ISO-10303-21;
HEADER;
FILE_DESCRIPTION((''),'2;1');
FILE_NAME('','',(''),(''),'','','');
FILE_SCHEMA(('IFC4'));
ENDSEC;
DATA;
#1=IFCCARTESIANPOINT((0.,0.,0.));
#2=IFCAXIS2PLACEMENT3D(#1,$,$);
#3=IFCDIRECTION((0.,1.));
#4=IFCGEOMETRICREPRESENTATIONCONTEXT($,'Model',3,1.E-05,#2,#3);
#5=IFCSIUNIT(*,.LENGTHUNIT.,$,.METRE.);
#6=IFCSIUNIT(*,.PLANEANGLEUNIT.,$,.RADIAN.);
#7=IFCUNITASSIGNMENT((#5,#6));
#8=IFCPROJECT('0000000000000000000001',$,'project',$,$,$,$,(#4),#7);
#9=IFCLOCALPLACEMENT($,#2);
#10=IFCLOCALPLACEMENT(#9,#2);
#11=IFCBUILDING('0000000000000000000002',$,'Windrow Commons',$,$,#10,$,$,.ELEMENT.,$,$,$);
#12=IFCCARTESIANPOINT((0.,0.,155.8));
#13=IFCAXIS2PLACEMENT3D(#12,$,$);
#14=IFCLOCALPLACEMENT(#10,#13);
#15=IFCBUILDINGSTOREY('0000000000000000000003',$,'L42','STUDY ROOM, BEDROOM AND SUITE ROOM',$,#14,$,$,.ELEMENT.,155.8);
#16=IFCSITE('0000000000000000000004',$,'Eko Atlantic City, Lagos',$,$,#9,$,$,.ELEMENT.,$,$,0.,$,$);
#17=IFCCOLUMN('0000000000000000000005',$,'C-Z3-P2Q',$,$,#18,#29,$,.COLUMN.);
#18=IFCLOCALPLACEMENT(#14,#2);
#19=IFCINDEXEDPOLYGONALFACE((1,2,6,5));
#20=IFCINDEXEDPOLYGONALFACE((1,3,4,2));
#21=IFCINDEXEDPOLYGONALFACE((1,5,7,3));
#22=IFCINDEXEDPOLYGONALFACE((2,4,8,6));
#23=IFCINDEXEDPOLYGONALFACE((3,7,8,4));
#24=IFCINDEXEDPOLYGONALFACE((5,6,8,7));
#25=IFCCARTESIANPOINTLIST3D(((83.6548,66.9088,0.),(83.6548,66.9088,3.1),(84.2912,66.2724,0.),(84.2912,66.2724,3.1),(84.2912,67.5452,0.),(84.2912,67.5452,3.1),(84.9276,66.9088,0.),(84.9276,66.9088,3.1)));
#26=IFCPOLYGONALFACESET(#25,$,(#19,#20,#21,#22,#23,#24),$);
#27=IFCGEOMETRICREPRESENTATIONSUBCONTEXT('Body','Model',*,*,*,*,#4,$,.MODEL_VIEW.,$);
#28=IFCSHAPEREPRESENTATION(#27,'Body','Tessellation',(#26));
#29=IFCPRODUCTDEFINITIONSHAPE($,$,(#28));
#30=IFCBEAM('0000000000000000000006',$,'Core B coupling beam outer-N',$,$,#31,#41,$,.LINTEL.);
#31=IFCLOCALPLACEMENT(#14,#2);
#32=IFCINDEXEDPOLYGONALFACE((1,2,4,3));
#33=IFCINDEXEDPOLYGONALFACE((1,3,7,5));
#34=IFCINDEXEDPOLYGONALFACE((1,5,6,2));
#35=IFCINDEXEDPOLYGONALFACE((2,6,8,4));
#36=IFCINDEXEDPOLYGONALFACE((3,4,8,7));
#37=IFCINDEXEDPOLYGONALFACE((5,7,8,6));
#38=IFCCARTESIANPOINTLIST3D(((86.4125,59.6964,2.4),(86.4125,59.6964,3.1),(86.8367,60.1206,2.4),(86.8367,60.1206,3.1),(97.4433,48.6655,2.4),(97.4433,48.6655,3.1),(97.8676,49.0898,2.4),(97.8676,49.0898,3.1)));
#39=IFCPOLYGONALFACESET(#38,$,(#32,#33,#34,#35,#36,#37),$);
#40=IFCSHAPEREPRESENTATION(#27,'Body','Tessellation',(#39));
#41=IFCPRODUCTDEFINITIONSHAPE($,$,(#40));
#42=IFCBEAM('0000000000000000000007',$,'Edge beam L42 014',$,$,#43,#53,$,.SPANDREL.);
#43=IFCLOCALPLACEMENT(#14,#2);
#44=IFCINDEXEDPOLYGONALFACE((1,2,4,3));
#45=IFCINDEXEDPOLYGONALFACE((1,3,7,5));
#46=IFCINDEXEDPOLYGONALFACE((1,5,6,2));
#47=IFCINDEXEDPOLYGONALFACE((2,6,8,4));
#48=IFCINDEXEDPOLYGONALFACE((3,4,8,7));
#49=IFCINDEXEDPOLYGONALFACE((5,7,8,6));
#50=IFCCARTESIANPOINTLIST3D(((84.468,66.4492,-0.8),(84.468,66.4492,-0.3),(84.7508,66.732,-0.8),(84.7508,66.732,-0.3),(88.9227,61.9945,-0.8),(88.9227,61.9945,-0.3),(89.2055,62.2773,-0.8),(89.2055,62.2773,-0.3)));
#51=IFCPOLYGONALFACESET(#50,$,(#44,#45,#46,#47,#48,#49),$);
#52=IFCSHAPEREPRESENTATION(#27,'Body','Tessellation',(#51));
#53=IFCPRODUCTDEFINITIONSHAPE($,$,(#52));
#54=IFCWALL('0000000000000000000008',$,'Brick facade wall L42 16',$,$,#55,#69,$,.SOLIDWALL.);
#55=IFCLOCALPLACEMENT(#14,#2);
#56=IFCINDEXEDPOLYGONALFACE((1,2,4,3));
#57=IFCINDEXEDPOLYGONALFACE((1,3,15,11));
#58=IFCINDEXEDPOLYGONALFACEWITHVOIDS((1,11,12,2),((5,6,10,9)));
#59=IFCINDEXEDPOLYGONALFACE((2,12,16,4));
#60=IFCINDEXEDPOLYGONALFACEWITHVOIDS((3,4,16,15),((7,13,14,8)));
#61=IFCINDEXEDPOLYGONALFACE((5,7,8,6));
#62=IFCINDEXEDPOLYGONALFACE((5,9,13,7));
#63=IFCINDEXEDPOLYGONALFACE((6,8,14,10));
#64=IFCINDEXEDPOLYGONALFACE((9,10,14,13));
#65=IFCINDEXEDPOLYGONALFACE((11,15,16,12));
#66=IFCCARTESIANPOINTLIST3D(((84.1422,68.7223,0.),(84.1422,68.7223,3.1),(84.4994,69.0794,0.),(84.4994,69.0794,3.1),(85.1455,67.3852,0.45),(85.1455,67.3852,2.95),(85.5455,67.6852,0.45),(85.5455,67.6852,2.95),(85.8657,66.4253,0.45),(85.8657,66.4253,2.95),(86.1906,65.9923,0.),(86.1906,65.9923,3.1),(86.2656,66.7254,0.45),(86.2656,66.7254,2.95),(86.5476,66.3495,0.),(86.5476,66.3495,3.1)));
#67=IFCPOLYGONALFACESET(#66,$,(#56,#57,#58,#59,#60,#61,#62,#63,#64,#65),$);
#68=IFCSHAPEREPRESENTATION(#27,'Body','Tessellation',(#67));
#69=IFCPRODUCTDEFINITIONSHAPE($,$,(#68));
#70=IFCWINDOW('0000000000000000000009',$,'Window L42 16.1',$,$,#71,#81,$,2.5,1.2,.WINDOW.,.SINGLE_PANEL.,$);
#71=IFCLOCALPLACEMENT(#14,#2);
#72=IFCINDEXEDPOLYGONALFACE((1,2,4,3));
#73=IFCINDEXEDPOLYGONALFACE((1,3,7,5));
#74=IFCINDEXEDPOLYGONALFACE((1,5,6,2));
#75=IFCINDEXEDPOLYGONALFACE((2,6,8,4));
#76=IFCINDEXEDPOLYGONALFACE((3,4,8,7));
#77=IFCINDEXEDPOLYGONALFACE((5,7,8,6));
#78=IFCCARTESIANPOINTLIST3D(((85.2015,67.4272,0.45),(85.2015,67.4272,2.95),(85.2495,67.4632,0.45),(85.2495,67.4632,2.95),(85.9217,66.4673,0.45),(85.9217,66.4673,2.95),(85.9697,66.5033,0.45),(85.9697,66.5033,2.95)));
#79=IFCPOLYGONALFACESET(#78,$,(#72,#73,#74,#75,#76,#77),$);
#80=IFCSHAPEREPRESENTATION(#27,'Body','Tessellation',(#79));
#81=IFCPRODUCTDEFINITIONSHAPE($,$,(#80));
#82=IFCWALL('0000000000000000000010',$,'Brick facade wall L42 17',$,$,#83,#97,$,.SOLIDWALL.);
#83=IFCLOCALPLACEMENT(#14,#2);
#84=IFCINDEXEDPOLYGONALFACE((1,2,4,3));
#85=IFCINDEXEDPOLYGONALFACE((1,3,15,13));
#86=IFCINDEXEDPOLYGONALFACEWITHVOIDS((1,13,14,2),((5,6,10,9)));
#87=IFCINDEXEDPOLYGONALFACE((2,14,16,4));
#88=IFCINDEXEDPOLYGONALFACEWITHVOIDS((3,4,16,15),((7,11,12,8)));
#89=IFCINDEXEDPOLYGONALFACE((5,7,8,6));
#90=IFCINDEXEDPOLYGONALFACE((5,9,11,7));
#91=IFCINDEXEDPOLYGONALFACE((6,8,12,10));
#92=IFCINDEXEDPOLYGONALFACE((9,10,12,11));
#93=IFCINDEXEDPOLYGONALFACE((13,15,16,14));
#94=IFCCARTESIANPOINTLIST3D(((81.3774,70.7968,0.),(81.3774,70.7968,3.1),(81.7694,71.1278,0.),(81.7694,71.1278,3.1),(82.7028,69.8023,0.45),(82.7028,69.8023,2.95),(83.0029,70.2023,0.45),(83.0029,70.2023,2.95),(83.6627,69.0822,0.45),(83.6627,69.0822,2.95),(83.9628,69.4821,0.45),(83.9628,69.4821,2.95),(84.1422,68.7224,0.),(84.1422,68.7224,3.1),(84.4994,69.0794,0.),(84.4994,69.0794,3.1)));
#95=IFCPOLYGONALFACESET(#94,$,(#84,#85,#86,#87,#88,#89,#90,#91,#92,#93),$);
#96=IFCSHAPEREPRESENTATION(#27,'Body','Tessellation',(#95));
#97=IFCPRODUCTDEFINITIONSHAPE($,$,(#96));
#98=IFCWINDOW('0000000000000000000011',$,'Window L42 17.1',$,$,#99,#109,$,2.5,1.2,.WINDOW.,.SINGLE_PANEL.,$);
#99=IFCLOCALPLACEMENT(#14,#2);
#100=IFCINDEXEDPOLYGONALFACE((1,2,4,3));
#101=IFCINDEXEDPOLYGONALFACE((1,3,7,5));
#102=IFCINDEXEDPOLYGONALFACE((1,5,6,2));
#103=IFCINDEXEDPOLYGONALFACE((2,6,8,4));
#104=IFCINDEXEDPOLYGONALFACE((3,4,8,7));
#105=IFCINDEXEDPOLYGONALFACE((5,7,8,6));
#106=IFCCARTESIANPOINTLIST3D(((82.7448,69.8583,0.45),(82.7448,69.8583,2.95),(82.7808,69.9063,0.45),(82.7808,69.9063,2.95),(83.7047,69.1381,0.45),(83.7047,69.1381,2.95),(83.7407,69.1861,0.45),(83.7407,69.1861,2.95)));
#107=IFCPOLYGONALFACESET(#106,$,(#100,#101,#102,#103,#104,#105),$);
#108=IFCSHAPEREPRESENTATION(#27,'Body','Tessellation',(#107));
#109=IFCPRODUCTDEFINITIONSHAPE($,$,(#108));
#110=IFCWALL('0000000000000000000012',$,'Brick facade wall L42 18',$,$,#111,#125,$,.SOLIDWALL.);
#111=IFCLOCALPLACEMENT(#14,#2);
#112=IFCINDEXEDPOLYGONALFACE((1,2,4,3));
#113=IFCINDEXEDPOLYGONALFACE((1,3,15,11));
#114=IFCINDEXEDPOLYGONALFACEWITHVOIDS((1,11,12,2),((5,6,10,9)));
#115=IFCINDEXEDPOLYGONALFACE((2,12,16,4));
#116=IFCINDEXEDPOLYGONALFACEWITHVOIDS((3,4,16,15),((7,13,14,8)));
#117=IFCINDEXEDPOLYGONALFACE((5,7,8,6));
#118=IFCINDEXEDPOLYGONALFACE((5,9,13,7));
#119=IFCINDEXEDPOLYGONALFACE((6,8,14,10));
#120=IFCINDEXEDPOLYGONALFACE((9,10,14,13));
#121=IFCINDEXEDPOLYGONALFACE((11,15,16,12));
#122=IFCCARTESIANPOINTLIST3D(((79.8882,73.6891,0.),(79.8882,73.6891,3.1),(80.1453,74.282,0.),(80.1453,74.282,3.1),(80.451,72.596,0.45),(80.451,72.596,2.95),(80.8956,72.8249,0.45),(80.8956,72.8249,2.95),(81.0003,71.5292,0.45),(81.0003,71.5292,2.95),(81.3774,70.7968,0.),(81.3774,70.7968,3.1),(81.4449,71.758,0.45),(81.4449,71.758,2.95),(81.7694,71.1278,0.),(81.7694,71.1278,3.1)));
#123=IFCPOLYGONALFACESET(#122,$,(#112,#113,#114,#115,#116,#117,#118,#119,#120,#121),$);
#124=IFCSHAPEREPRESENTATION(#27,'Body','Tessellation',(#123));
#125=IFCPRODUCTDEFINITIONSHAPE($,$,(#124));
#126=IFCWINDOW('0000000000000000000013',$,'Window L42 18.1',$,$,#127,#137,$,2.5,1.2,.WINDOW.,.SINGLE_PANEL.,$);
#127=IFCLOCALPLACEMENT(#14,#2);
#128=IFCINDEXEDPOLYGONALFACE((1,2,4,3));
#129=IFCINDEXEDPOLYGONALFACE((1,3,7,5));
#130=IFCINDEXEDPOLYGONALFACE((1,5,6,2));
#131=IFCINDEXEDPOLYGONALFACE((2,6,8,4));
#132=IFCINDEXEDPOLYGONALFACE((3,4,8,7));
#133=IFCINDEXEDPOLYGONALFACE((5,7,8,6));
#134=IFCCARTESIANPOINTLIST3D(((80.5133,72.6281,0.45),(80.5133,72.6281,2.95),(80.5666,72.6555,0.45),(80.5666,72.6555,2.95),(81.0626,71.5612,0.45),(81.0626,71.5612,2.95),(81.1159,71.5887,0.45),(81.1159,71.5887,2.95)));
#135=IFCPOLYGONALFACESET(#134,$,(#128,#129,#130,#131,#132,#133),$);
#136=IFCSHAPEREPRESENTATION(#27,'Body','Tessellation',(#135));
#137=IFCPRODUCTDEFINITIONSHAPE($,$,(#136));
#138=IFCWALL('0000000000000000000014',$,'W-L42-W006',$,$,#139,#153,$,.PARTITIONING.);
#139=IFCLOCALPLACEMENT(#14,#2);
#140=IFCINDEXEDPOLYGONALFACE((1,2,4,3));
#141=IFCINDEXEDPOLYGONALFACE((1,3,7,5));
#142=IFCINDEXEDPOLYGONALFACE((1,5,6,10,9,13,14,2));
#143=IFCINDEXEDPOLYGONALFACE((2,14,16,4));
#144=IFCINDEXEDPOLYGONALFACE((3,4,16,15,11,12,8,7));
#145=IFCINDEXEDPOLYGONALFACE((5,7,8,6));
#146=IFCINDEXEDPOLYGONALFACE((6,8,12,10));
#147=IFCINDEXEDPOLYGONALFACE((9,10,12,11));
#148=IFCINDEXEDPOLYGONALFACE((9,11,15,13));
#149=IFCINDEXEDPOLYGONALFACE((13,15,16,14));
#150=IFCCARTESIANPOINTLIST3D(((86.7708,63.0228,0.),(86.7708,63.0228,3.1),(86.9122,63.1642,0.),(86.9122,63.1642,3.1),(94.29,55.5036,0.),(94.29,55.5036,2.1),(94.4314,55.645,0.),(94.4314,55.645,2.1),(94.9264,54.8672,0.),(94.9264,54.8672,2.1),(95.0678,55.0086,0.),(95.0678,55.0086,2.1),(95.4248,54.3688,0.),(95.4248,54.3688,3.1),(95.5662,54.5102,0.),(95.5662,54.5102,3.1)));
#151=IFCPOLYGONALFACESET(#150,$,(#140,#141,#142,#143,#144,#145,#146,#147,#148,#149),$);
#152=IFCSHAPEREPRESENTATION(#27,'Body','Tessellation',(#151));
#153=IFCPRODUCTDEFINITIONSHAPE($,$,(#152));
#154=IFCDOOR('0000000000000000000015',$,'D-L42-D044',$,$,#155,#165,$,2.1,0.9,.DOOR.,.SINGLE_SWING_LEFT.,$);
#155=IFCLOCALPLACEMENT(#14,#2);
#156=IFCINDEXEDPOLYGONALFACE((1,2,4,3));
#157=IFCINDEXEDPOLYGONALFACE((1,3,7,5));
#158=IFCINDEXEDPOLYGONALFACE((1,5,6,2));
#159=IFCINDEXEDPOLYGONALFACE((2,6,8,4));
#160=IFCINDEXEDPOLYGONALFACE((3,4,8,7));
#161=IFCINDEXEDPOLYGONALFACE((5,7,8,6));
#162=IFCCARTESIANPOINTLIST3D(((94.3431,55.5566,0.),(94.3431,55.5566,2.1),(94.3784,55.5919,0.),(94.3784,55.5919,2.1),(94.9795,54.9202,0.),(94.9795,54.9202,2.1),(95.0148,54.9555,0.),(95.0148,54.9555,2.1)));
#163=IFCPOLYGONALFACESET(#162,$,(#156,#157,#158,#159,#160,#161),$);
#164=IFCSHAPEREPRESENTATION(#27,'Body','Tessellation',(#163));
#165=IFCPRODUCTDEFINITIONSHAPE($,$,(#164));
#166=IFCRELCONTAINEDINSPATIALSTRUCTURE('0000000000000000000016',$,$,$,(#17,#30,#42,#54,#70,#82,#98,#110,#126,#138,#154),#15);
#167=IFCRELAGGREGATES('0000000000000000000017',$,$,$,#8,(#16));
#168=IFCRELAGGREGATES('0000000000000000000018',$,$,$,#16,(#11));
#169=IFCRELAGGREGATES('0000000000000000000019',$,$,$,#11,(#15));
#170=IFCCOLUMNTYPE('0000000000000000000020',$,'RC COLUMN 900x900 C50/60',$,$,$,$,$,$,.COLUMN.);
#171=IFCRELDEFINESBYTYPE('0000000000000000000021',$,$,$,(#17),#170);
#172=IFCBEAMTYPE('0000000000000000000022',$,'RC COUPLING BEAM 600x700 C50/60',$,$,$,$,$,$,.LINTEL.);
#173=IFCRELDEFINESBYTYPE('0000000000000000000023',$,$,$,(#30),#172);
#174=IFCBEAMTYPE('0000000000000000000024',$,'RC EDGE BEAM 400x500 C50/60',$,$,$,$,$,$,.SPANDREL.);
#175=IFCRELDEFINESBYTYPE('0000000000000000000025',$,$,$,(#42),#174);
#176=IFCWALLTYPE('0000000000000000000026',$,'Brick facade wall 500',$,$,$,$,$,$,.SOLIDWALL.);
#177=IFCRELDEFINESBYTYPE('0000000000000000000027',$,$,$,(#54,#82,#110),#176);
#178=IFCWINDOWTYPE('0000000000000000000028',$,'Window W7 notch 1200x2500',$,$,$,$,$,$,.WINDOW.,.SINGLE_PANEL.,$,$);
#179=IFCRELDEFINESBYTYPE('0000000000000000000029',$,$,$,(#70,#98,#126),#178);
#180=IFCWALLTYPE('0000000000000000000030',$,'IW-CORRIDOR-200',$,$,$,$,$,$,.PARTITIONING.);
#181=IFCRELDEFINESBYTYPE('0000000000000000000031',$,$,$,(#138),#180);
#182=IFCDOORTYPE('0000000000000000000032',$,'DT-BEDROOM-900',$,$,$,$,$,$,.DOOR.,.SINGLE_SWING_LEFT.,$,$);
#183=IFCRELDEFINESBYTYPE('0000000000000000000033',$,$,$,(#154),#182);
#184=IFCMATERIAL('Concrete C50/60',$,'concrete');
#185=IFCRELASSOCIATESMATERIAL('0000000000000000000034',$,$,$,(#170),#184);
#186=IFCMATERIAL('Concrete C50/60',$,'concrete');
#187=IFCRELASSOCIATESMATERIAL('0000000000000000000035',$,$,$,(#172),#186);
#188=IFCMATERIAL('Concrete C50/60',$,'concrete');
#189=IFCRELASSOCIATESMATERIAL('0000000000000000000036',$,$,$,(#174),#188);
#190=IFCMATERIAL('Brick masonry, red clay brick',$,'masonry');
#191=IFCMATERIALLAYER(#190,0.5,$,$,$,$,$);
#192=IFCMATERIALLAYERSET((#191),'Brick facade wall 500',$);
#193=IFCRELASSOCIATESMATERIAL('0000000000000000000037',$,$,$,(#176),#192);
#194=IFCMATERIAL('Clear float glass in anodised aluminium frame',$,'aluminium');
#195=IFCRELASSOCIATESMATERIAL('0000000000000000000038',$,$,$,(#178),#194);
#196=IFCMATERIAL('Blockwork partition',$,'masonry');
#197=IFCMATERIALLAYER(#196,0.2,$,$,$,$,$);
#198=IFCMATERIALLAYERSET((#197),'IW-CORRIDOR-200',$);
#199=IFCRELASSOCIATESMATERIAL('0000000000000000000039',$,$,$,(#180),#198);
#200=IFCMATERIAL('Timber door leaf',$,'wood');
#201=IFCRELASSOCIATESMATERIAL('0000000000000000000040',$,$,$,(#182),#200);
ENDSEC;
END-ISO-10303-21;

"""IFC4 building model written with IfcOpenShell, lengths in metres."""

from ifc_helpers import new_model, si_unit, direction, frame, frame_2d, origin, origin_2d, place, context, subcontext, project, spatial, polyline, rectangle, outline, extrude, material, layer, layer_set, material_profile, profile_set, type_object, element, fill, save


model = new_model("IFC4")

# Units and contexts
model_context = context("Model", 3, precision=1e-05, world=origin(), true_north=direction((0.0, 1.0)))
body_context = subcontext(model_context, "Body", "Model", "MODEL_VIEW")
ifc_project = project(units=[si_unit("LENGTHUNIT", "METRE"), si_unit("PLANEANGLEUNIT", "RADIAN")], contexts=[model_context])

# Site, building, storey
site_placement = place(None, origin())
site = spatial("IfcSite", under=ifc_project, at=site_placement, Name="Eko Atlantic City, Lagos", CompositionType="ELEMENT", RefElevation=0.0)
building_placement = place(site_placement, origin())
building = spatial("IfcBuilding", under=site, at=building_placement, Name="Windrow Commons", CompositionType="ELEMENT")
storey_placement = place(building_placement, frame((0.0, 0.0, 155.8)))
storey = spatial("IfcBuildingStorey", under=building, at=storey_placement, Name="L42", Description="STUDY ROOM, BEDROOM AND SUITE ROOM", CompositionType="ELEMENT", Elevation=155.8)

# Column
ifc_material_1 = material(Name="Concrete C50/60", Category="concrete")
ifc_material_profile_1 = material_profile(ifc_material_1, rectangle(XDim=0.9, YDim=0.9, at=origin_2d()))
ifc_profile_set_1 = profile_set([ifc_material_profile_1], Name="Concrete C50/60")
column_type = type_object("IfcColumnType", Name="RC COLUMN 900x900 C50/60", PredefinedType="COLUMN", material=ifc_profile_set_1)
column_placement = place(storey_placement, frame((84.2912, 66.9088, 0.0), z_axis=(0.0, 0.0, 1.0), x_axis=(0.707107, -0.707107, 0.0)))
element("IfcColumn", 1, at=column_placement, inside=storey, type_object=column_type, Name="C-Z3-P2Q", PredefinedType="COLUMN", context=body_context, shape_type="SweptSolid", body=[
    extrude(rectangle(XDim=0.9, YDim=0.9, at=origin_2d()), origin(), (0.0, 0.0, 1.0), 3.1),
])

# Beams
ifc_material_2 = material(Name="Concrete C50/60", Category="concrete")
ifc_material_profile_2 = material_profile(ifc_material_2, rectangle(XDim=0.6, YDim=0.7, at=origin_2d()))
ifc_profile_set_2 = profile_set([ifc_material_profile_2], Name="Concrete C50/60")
beam_type_1 = type_object("IfcBeamType", Name="RC COUPLING BEAM 600x700 C50/60", PredefinedType="LINTEL", material=ifc_profile_set_2)
beam_1_placement = place(storey_placement, frame((86.6246, 59.9085, 2.75), z_axis=(0.707107, -0.707107, 0.0), x_axis=(0.707107, 0.707107, 0.0)))
element("IfcBeam", 2, at=beam_1_placement, inside=storey, type_object=beam_type_1, Name="Core B coupling beam outer-N", PredefinedType="LINTEL", context=body_context, shape_type="SweptSolid", body=[
    extrude(rectangle(XDim=0.6, YDim=0.7, at=origin_2d()), origin(), (0.0, 0.0, 1.0), 15.6),
])
ifc_material_3 = material(Name="Concrete C50/60", Category="concrete")
ifc_material_profile_3 = material_profile(ifc_material_3, rectangle(XDim=0.4, YDim=0.5, at=origin_2d()))
ifc_profile_set_3 = profile_set([ifc_material_profile_3], Name="Concrete C50/60")
beam_type_2 = type_object("IfcBeamType", Name="RC EDGE BEAM 400x500 C50/60", PredefinedType="SPANDREL", material=ifc_profile_set_3)
beam_2_placement = place(storey_placement, frame((84.6094, 66.5906, -0.55), z_axis=(0.707107, -0.707107, 0.0), x_axis=(0.707107, 0.707107, 0.0)))
element("IfcBeam", 3, at=beam_2_placement, inside=storey, type_object=beam_type_2, Name="Edge beam L42 014", PredefinedType="SPANDREL", context=body_context, shape_type="SweptSolid", body=[
    extrude(rectangle(XDim=0.4, YDim=0.5, at=origin_2d()), origin(), (0.0, 0.0, 1.0), 6.2999),
])

# Walls, openings, windows
ifc_material_4 = material(Name="Brick masonry, red clay brick", Category="masonry")
ifc_layer_1 = layer(ifc_material_4, 0.5)
ifc_layer_set_1 = layer_set([ifc_layer_1], Name="Brick facade wall 500")
wall_type_1 = type_object("IfcWallType", Name="Brick facade wall 500", PredefinedType="SOLIDWALL", material=ifc_layer_set_1)
wall_1_placement = place(storey_placement, frame((86.3691, 66.1709, 0.0), z_axis=(0.0, 0.0, 1.0), x_axis=(-0.60015, 0.799887, 0.0)))
wall_1 = element("IfcWall", 4, at=wall_1_placement, inside=storey, type_object=wall_type_1, Name="Brick facade wall L42 16", PredefinedType="SOLIDWALL", context=body_context, shape_type="SweptSolid", body=[
    extrude(outline(polyline([(0.0357, -0.25), (3.4486, -0.25), (3.3773, 0.25), (-0.0357, 0.25), (0.0357, -0.25)])), origin(), (0.0, 0.0, 1.0), 3.1),
])
opening_1_placement = place(wall_1_placement, frame((0.5056, 0.0, 0.45)))
opening_1 = element("IfcOpeningElement", 5, at=opening_1_placement, cuts=wall_1, PredefinedType="OPENING", context=body_context, shape_type="SweptSolid", body=[
    extrude(rectangle(XDim=1.2, YDim=2.5, at=frame_2d((0.6, 1.25))), frame((0.0, 0.26, 0.0), z_axis=(0.0, -1.0, 0.0), x_axis=(1.0, 0.0, 0.0)), (0.0, 0.0, 1.0), 0.52),
])
ifc_material_5 = material(Name="Clear float glass in anodised aluminium frame", Category="aluminium")
window_type = type_object("IfcWindowType", Name="Window W7 notch 1200x2500", PartitioningType="SINGLE_PANEL", PredefinedType="WINDOW", material=ifc_material_5)
window_1_placement = place(opening_1_placement, origin())
window_1 = element("IfcWindow", 6, at=window_1_placement, inside=storey, type_object=window_type, Name="Window L42 16.1", OverallHeight=2.5, OverallWidth=1.2, PartitioningType="SINGLE_PANEL", PredefinedType="WINDOW", context=body_context, shape_type="SweptSolid", body=[
    extrude(rectangle(XDim=1.2, YDim=2.5, at=frame_2d((0.6, 1.25))), frame((0.0, 0.18, 0.0), z_axis=(0.0, -1.0, 0.0), x_axis=(1.0, 0.0, 0.0)), (0.0, 0.0, 1.0), 0.06),
])
fill(opening_1, window_1)
wall_2_placement = place(storey_placement, frame((84.3208, 68.9009, 0.0), z_axis=(0.0, 0.0, 1.0), x_axis=(-0.799881, 0.600158, 0.0)))
wall_2 = element("IfcWall", 7, at=wall_2_placement, inside=storey, type_object=wall_type_1, Name="Brick facade wall L42 17", PredefinedType="SOLIDWALL", context=body_context, shape_type="SweptSolid", body=[
    extrude(outline(polyline([(-0.0357, -0.25), (3.3773, -0.25), (3.4922, 0.25), (0.0357, 0.25), (-0.0357, -0.25)])), origin(), (0.0, 0.0, 1.0), 3.1),
])
opening_2_placement = place(wall_2_placement, frame((0.6352, 0.0, 0.45)))
opening_2 = element("IfcOpeningElement", 8, at=opening_2_placement, cuts=wall_2, PredefinedType="OPENING", context=body_context, shape_type="SweptSolid", body=[
    extrude(rectangle(XDim=1.2, YDim=2.5, at=frame_2d((0.6, 1.25))), frame((0.0, 0.26, 0.0), z_axis=(0.0, -1.0, 0.0), x_axis=(1.0, 0.0, 0.0)), (0.0, 0.0, 1.0), 0.52),
])
window_2_placement = place(opening_2_placement, origin())
window_2 = element("IfcWindow", 9, at=window_2_placement, inside=storey, type_object=window_type, Name="Window L42 17.1", OverallHeight=2.5, OverallWidth=1.2, PartitioningType="SINGLE_PANEL", PredefinedType="WINDOW", context=body_context, shape_type="SweptSolid", body=[
    extrude(rectangle(XDim=1.2, YDim=2.5, at=frame_2d((0.6, 1.25))), frame((0.0, 0.18, 0.0), z_axis=(0.0, -1.0, 0.0), x_axis=(1.0, 0.0, 0.0)), (0.0, 0.0, 1.0), 0.06),
])
fill(opening_2, window_2)
wall_3_placement = place(storey_placement, frame((81.5734, 70.9623, 0.0), z_axis=(0.0, 0.0, 1.0), x_axis=(-0.457769, 0.889071, 0.0)))
wall_3 = element("IfcWall", 10, at=wall_3_placement, inside=storey, type_object=wall_type_1, Name="Brick facade wall L42 18", PredefinedType="SOLIDWALL", context=body_context, shape_type="SweptSolid", body=[
    extrude(outline(polyline([(0.0574, -0.25), (3.6052, -0.25), (3.1957, 0.25), (-0.0574, 0.25), (0.0574, -0.25)])), origin(), (0.0, 0.0, 1.0), 3.1),
])
opening_3_placement = place(wall_3_placement, frame((0.7663, 0.0, 0.45)))
opening_3 = element("IfcOpeningElement", 11, at=opening_3_placement, cuts=wall_3, PredefinedType="OPENING", context=body_context, shape_type="SweptSolid", body=[
    extrude(rectangle(XDim=1.2, YDim=2.5, at=frame_2d((0.6, 1.25))), frame((0.0, 0.26, 0.0), z_axis=(0.0, -1.0, 0.0), x_axis=(1.0, 0.0, 0.0)), (0.0, 0.0, 1.0), 0.52),
])
window_3_placement = place(opening_3_placement, origin())
window_3 = element("IfcWindow", 12, at=window_3_placement, inside=storey, type_object=window_type, Name="Window L42 18.1", OverallHeight=2.5, OverallWidth=1.2, PartitioningType="SINGLE_PANEL", PredefinedType="WINDOW", context=body_context, shape_type="SweptSolid", body=[
    extrude(rectangle(XDim=1.2, YDim=2.5, at=frame_2d((0.6, 1.25))), frame((0.0, 0.18, 0.0), z_axis=(0.0, -1.0, 0.0), x_axis=(1.0, 0.0, 0.0)), (0.0, 0.0, 1.0), 0.06),
])
fill(opening_3, window_3)

# Wall, opening, door
ifc_material_6 = material(Name="Blockwork partition", Category="masonry")
ifc_layer_2 = layer(ifc_material_6, 0.2)
ifc_layer_set_2 = layer_set([ifc_layer_2], Name="IW-CORRIDOR-200")
wall_type_2 = type_object("IfcWallType", Name="IW-CORRIDOR-200", PredefinedType="PARTITIONING", material=ifc_layer_set_2)
wall_4_placement = place(storey_placement, frame((86.8415, 63.0935, 0.0), z_axis=(0.0, 0.0, 1.0), x_axis=(0.707107, -0.707107, 0.0)))
wall_4 = element("IfcWall", 13, at=wall_4_placement, inside=storey, type_object=wall_type_2, Name="W-L42-W006", PredefinedType="PARTITIONING", context=body_context, shape_type="SweptSolid", body=[
    extrude(rectangle(XDim=12.2386, YDim=0.2, at=frame_2d((6.1193, 0.0))), origin(), (0.0, 0.0, 1.0), 3.1),
])
opening_4_placement = place(wall_4_placement, frame((10.6338, 0.0, 0.0)))
opening_4 = element("IfcOpeningElement", 14, at=opening_4_placement, cuts=wall_4, PredefinedType="OPENING", context=body_context, shape_type="SweptSolid", body=[
    extrude(rectangle(XDim=0.9, YDim=2.1, at=frame_2d((0.45, 1.05))), frame((0.0, 0.11, 0.0), z_axis=(0.0, -1.0, 0.0), x_axis=(1.0, 0.0, 0.0)), (0.0, 0.0, 1.0), 0.22),
])
ifc_material_7 = material(Name="Timber door leaf", Category="wood")
door_type_1 = type_object("IfcDoorType", Name="DT-BEDROOM-900", OperationType="SINGLE_SWING_LEFT", PredefinedType="DOOR", material=ifc_material_7)
door_1_placement = place(opening_4_placement, origin())
door_1 = element("IfcDoor", 15, at=door_1_placement, inside=storey, type_object=door_type_1, Name="D-L42-D044", OperationType="SINGLE_SWING_LEFT", OverallHeight=2.1, OverallWidth=0.9, PredefinedType="DOOR", context=body_context, shape_type="SweptSolid", body=[
    extrude(rectangle(XDim=0.9, YDim=2.1, at=frame_2d((0.45, 1.05))), frame((0.0, 0.025, 0.0), z_axis=(0.0, -1.0, 0.0), x_axis=(1.0, 0.0, 0.0)), (0.0, 0.0, 1.0), 0.05),
])
fill(opening_4, door_1)

save(model, "model.ifc")
